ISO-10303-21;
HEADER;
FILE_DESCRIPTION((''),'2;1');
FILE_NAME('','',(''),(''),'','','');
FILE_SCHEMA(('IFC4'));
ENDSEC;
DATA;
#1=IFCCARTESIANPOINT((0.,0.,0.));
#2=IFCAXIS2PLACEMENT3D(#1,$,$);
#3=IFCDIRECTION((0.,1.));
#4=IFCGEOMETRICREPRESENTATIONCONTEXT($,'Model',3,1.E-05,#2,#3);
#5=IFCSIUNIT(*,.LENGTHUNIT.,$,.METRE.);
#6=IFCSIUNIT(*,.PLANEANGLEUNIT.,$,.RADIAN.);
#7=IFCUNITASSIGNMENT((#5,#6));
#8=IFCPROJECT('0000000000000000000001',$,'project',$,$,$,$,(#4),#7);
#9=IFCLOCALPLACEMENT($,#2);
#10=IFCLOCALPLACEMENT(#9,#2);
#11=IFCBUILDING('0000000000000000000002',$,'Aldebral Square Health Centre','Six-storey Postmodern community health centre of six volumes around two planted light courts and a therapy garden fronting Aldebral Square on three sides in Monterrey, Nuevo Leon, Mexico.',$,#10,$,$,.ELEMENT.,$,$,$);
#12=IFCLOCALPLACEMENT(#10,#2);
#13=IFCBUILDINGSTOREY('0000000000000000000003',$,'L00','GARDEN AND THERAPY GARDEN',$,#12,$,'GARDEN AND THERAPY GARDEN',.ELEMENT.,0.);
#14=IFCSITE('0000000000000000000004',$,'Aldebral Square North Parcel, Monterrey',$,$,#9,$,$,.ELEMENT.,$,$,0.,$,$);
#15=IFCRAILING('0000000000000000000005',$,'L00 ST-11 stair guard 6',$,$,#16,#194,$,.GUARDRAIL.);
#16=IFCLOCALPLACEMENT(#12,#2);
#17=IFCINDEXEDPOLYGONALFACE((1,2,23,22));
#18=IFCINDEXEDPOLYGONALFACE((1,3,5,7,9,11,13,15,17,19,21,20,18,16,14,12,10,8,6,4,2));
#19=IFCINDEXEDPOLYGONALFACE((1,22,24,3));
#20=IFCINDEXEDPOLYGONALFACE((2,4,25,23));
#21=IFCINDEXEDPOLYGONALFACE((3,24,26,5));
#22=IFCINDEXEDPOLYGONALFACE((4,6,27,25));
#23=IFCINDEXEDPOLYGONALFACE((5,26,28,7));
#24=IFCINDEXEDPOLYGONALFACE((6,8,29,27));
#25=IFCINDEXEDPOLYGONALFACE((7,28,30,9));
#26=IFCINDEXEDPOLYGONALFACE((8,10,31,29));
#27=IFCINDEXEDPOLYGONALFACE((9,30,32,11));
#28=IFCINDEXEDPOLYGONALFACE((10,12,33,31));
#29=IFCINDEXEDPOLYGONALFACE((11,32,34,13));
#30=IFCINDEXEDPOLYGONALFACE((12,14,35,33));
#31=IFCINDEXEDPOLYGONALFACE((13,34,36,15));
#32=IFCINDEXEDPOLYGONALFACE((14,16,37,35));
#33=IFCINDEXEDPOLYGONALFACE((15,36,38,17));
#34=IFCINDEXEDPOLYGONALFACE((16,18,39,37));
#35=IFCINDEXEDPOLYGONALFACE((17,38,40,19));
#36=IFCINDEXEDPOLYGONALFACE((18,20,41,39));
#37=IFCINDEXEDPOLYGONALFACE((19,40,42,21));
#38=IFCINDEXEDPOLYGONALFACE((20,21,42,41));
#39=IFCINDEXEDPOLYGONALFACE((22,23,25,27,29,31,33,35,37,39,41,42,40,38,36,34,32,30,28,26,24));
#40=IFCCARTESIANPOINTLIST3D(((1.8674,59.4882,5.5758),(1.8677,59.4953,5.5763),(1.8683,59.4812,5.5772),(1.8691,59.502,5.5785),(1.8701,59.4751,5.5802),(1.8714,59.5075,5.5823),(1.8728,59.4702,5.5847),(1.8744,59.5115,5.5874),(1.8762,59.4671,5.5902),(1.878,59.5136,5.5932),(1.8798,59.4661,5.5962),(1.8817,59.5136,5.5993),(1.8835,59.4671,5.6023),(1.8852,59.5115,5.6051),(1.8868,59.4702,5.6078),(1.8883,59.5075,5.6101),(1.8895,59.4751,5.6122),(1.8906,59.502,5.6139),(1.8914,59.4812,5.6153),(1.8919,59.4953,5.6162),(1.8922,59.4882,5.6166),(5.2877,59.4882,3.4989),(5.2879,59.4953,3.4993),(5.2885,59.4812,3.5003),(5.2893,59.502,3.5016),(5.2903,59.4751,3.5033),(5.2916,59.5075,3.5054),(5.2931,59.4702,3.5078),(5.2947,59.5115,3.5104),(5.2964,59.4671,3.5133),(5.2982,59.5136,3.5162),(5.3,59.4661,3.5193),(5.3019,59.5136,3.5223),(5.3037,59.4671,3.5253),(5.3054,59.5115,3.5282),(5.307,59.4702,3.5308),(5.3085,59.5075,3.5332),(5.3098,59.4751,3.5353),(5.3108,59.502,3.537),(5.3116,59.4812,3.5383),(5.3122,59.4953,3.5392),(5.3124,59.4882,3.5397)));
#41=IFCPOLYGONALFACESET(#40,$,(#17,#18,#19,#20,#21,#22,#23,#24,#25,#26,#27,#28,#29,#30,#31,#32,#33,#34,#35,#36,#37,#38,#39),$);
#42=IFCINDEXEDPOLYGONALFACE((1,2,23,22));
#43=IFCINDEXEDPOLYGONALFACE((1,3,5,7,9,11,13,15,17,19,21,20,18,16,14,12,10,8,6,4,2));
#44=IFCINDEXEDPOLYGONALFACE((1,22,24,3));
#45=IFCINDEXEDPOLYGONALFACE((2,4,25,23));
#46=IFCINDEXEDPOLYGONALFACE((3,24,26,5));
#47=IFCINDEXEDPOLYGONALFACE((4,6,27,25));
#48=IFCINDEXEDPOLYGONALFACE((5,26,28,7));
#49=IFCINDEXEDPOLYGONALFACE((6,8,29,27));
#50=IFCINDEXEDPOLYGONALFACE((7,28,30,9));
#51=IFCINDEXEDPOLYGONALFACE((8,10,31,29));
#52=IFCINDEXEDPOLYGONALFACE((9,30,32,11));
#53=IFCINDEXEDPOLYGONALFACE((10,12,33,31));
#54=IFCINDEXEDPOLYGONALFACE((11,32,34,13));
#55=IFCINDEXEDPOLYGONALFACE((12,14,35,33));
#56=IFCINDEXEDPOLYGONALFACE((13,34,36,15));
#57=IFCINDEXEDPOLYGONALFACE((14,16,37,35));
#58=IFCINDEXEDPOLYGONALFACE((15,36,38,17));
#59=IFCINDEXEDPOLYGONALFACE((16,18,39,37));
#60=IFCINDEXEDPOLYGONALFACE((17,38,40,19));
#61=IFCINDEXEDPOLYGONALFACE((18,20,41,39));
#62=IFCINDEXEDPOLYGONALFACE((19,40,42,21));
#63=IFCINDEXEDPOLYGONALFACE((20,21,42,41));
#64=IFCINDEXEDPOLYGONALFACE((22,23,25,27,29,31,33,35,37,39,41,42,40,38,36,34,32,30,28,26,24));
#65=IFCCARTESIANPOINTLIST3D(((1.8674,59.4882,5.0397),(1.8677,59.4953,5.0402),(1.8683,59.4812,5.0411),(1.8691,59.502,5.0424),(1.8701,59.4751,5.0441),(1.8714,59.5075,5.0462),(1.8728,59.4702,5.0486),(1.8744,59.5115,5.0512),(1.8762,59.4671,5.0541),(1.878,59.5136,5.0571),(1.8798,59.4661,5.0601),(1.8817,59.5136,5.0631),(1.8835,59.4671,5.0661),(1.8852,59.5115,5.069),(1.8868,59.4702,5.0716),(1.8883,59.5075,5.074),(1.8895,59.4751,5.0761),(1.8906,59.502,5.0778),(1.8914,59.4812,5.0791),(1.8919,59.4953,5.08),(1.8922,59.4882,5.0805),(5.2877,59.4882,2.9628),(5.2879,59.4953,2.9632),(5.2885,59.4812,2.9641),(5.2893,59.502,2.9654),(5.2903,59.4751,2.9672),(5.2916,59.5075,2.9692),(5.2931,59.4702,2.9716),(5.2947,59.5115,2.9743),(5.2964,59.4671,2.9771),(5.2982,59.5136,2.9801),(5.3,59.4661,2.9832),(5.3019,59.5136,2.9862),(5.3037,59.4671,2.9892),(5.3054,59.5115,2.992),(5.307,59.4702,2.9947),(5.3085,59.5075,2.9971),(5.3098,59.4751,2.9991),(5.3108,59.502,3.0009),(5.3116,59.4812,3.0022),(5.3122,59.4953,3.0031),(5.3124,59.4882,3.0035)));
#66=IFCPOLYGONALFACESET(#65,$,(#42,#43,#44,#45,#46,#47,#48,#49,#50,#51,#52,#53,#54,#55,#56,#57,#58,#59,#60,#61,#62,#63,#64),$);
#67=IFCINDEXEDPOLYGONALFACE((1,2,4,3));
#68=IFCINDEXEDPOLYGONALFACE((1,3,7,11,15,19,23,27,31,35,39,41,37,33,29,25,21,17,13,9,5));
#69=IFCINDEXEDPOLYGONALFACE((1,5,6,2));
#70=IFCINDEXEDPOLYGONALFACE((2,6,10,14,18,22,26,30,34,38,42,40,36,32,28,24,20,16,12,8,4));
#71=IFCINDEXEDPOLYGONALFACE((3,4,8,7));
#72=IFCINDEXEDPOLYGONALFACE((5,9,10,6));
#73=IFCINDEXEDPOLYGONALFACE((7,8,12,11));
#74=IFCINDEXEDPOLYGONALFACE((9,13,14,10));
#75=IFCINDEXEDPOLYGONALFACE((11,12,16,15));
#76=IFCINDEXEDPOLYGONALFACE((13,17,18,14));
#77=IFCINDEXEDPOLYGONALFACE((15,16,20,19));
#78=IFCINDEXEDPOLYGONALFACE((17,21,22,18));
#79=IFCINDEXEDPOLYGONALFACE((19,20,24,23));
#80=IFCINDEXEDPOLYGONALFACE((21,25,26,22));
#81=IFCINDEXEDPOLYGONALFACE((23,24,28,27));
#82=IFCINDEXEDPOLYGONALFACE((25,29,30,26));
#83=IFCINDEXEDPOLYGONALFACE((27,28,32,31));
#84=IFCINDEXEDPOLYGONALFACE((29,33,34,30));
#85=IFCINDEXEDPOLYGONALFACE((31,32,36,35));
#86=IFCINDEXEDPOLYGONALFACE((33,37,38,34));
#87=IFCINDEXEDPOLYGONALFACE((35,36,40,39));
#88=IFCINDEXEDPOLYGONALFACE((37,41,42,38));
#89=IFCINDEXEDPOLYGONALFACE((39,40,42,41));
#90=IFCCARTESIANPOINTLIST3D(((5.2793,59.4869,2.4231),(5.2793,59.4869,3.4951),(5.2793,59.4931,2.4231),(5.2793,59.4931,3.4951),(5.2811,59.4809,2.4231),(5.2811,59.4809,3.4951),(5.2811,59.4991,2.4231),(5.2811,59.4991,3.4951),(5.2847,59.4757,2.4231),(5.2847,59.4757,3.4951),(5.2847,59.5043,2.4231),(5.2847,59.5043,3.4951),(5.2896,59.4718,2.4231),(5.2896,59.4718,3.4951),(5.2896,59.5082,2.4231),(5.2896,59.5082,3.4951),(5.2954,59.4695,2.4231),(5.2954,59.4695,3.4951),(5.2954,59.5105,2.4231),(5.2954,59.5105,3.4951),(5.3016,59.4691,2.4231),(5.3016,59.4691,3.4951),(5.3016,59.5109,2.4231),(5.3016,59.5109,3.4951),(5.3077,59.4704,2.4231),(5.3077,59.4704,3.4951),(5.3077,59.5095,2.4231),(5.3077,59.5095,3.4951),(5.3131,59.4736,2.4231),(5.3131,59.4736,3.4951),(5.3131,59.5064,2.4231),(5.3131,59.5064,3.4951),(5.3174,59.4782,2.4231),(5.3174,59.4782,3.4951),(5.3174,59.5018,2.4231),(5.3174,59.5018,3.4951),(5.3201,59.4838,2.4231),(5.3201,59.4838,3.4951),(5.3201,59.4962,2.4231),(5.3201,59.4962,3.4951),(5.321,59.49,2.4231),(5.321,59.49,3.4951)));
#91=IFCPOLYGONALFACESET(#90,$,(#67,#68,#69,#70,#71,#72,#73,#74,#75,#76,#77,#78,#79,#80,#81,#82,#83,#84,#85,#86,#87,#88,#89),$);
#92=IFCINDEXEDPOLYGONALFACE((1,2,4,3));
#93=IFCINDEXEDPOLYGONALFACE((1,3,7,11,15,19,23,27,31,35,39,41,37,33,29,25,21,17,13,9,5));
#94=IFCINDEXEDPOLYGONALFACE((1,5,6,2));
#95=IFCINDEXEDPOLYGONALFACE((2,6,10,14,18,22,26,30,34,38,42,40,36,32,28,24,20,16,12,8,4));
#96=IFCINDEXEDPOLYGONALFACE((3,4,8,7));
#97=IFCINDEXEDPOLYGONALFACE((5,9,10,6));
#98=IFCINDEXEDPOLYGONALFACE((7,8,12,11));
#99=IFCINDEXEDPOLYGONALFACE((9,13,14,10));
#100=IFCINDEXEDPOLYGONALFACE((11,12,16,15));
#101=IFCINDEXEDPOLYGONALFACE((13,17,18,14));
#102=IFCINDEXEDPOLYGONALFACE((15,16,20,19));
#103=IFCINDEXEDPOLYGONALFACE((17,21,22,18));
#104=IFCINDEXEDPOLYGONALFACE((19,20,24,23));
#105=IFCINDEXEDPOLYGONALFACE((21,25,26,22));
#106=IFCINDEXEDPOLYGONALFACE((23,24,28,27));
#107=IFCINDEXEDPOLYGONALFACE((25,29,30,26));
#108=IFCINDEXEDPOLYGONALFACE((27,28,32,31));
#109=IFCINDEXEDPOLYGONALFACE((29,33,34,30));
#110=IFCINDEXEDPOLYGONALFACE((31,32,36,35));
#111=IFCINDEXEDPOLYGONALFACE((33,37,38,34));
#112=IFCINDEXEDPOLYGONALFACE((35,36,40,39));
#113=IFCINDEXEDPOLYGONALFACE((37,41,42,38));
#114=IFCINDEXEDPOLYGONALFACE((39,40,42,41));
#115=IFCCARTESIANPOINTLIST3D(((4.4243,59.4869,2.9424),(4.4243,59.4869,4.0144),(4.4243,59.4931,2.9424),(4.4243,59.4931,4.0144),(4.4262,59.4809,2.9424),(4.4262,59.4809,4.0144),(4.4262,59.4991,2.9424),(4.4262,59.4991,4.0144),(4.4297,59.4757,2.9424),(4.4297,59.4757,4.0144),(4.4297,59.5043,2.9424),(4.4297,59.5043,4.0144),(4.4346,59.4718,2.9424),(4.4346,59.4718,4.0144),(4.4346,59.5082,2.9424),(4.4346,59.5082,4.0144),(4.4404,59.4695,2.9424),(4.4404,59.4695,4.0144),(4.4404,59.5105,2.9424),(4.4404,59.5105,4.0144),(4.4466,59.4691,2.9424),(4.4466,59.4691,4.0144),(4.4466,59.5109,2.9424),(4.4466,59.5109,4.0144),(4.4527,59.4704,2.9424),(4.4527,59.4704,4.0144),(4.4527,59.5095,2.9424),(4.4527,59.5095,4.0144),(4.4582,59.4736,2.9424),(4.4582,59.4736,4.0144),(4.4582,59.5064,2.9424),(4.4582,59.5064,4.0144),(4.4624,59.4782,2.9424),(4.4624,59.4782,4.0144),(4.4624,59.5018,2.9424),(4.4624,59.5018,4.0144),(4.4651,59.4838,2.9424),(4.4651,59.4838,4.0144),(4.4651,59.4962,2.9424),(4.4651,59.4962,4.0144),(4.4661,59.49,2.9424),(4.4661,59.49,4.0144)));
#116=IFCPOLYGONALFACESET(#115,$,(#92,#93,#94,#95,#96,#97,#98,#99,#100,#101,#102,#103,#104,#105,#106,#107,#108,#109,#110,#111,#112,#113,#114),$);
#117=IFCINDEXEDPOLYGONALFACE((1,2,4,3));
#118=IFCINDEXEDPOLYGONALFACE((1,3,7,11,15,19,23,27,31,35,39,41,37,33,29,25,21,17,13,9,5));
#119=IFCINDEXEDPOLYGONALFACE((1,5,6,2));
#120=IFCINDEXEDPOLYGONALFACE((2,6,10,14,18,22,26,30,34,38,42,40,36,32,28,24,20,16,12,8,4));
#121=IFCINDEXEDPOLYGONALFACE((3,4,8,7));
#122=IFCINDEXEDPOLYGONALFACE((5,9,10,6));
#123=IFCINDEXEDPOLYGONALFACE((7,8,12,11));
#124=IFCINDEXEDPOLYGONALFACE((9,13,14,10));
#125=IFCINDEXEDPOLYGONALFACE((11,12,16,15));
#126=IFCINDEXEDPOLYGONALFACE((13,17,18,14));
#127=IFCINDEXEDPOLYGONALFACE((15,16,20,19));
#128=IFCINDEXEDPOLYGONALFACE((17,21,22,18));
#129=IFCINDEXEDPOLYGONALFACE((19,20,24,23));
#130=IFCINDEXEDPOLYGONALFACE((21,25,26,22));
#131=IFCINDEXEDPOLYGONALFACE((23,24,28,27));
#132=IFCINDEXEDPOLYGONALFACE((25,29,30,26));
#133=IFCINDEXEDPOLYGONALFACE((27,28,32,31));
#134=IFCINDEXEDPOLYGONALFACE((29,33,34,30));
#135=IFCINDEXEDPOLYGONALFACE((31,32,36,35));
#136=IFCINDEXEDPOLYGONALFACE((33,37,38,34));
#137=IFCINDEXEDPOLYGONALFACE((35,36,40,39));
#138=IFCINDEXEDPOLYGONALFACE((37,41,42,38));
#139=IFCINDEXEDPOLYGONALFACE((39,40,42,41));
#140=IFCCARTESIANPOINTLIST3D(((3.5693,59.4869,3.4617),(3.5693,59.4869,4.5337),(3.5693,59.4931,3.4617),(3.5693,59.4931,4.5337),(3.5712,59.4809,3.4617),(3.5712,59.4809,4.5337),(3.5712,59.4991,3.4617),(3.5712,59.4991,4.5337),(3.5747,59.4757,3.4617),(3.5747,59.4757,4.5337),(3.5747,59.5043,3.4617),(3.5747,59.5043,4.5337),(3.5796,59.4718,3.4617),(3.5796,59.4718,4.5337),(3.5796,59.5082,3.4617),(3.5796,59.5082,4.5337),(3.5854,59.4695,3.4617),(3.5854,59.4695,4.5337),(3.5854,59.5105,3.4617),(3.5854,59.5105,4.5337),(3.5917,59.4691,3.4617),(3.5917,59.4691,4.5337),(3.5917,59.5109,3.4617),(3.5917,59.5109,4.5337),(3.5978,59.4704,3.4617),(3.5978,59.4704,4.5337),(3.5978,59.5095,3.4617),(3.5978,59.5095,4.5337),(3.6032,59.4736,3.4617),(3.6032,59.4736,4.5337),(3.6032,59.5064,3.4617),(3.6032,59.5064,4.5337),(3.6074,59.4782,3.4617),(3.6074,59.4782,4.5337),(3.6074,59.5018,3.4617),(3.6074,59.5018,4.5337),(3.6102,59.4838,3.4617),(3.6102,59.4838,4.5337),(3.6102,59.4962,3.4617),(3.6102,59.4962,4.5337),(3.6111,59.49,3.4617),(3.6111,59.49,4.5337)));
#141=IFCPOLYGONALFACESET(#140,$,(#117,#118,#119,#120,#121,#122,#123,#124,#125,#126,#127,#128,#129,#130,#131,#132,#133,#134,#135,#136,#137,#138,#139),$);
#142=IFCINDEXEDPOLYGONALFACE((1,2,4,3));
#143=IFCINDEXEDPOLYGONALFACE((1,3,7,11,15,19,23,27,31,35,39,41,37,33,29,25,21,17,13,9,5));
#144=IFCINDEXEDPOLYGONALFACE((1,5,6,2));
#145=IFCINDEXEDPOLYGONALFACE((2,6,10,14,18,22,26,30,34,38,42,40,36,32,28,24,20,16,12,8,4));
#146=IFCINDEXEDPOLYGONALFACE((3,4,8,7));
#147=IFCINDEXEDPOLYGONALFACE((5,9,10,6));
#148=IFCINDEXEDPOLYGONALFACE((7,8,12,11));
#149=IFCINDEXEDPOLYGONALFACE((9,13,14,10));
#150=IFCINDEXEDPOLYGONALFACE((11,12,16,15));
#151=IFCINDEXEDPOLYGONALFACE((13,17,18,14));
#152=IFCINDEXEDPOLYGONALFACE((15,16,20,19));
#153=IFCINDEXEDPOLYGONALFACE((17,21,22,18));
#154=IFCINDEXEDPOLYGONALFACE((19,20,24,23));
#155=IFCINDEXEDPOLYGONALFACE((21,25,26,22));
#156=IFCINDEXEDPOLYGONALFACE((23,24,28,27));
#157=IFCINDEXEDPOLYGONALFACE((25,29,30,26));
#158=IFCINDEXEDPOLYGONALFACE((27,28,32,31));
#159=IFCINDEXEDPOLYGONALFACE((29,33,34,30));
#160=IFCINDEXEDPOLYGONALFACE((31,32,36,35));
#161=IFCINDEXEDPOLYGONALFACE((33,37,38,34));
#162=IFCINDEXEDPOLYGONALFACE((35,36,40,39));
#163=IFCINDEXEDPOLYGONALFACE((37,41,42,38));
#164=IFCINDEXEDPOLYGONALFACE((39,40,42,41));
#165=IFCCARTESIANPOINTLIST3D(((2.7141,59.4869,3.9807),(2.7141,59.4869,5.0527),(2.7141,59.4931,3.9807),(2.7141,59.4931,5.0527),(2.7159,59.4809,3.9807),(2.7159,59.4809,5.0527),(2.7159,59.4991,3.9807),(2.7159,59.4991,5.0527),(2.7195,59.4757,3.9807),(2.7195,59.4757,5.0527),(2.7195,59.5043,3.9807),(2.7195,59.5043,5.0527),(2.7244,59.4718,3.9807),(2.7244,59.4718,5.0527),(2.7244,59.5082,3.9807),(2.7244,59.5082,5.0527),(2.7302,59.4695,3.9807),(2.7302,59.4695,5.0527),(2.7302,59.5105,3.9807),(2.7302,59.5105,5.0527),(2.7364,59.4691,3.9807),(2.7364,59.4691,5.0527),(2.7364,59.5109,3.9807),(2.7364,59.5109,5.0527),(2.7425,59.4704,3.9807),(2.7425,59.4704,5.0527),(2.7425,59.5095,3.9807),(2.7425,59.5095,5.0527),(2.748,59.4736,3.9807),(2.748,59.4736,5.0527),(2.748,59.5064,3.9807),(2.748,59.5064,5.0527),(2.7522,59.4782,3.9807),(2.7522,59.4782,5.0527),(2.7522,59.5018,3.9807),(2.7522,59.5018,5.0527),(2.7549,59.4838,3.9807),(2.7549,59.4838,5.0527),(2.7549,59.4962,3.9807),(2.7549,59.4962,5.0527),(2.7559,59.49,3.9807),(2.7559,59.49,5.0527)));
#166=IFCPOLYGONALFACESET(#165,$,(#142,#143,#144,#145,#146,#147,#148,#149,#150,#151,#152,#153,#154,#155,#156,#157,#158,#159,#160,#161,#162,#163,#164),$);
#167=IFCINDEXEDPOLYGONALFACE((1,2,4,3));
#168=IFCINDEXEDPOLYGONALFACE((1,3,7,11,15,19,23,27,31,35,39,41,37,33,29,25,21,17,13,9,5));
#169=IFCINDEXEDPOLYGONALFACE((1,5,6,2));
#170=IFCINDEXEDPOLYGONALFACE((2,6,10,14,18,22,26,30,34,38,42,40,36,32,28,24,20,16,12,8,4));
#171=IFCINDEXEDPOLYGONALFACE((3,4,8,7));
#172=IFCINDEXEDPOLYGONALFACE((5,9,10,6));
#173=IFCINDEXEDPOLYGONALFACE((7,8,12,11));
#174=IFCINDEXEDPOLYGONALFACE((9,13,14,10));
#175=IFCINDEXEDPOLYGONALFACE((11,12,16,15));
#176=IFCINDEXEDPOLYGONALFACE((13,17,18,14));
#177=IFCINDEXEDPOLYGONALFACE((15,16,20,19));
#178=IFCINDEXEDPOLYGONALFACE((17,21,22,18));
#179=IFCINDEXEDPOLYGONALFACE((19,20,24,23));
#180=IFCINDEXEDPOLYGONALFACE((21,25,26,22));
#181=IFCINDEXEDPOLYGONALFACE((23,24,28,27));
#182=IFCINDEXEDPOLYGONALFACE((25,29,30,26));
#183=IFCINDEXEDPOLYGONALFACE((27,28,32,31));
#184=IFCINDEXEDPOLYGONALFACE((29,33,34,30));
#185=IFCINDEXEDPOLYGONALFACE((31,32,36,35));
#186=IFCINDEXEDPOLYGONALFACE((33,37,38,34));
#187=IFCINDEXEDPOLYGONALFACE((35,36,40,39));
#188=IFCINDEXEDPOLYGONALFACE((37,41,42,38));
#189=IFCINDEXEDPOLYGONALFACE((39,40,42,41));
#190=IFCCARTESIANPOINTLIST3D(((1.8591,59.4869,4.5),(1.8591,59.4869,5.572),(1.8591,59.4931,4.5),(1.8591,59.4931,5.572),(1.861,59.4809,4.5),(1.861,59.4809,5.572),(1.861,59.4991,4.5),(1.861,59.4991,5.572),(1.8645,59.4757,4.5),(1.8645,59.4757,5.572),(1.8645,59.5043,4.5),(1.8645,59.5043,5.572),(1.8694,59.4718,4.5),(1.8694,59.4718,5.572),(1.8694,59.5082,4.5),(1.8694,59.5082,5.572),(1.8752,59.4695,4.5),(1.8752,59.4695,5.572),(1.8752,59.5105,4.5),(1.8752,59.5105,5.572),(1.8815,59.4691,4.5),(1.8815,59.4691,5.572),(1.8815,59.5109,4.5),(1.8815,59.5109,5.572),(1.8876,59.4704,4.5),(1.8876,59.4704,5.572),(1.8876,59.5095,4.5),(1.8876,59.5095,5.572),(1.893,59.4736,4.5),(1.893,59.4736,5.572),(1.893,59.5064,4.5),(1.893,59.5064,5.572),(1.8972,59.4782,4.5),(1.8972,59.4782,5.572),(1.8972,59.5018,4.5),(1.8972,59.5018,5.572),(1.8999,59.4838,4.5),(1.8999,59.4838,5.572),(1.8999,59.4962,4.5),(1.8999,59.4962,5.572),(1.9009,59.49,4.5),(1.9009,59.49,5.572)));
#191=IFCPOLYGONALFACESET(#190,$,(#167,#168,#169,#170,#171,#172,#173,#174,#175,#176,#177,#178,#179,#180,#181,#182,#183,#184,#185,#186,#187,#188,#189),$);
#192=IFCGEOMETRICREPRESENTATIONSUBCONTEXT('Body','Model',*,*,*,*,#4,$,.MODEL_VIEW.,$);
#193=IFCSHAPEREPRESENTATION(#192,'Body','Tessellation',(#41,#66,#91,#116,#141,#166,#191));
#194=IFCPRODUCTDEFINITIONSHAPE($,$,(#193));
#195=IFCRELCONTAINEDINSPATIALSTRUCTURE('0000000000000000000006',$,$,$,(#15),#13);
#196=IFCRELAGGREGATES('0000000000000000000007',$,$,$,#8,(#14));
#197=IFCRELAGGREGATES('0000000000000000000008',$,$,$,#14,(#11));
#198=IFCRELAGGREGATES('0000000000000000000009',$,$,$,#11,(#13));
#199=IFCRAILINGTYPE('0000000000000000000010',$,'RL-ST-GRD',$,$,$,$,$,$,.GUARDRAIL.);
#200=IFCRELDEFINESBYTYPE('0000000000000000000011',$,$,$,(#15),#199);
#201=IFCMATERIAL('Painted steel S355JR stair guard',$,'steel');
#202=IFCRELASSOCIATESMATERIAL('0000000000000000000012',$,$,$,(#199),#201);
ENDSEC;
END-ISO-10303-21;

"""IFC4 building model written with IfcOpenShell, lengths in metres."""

from ifc_helpers import new_model, si_unit, direction, frame, origin, origin_2d, place, context, subcontext, project, spatial, circle, extrude, material, type_object, element, save


model = new_model("IFC4")

# Units and contexts
model_context = context("Model", 3, precision=1e-05, world=origin(), true_north=direction((0.0, 1.0)))
body_context = subcontext(model_context, "Body", "Model", "MODEL_VIEW")
ifc_project = project(units=[si_unit("LENGTHUNIT", "METRE"), si_unit("PLANEANGLEUNIT", "RADIAN")], contexts=[model_context])

# Site, building, storey
site_placement = place(None, origin())
site = spatial("IfcSite", under=ifc_project, at=site_placement, Name="Aldebral Square North Parcel, Monterrey", CompositionType="ELEMENT", RefElevation=0.0)
building_placement = place(site_placement, origin())
building = spatial("IfcBuilding", under=site, at=building_placement, Name="Aldebral Square Health Centre", Description="Six-storey Postmodern community health centre of six volumes around two planted light courts and a therapy garden fronting Aldebral Square on three sides in Monterrey, Nuevo Leon, Mexico.", CompositionType="ELEMENT")
storey_placement = place(building_placement, origin())
storey = spatial("IfcBuildingStorey", under=building, at=storey_placement, Name="L00", Description="GARDEN AND THERAPY GARDEN", LongName="GARDEN AND THERAPY GARDEN", CompositionType="ELEMENT", Elevation=0.0)

# Railing
ifc_material_1 = material(Name="Painted steel S355JR stair guard", Category="steel")
railing_type_1 = type_object("IfcRailingType", Name="RL-ST-GRD", PredefinedType="GUARDRAIL", material=ifc_material_1)
railing_1_placement = place(storey_placement, frame((5.3, 59.49, 2.4231)))
element("IfcRailing", 1, at=railing_1_placement, inside=storey, type_object=railing_type_1, Name="L00 ST-11 stair guard 6", PredefinedType="GUARDRAIL", context=body_context, shape_type="SweptSolid", body=[
    extrude(circle(Radius=0.0239, at=origin_2d()), frame((0.0, 0.0, 1.0962), z_axis=(-0.854746, 0.0, 0.519047), x_axis=(0.0, -1.0, 0.0)), (0.0, 0.0, 1.0), 4.0015),
    extrude(circle(Radius=0.0239, at=origin_2d()), frame((0.0, 0.0, 0.5601), z_axis=(-0.854746, 0.0, 0.519047), x_axis=(0.0, -1.0, 0.0)), (0.0, 0.0, 1.0), 4.0015),
    extrude(circle(Radius=0.021, at=origin_2d()), origin(), (0.0, 0.0, 1.0), 1.072),
    extrude(circle(Radius=0.021, at=origin_2d()), frame((-0.855, 0.0, 0.5193)), (0.0, 0.0, 1.0), 1.072),
    extrude(circle(Radius=0.021, at=origin_2d()), frame((-1.71, 0.0, 1.0386)), (0.0, 0.0, 1.0), 1.072),
    extrude(circle(Radius=0.021, at=origin_2d()), frame((-2.5652, 0.0, 1.5576)), (0.0, 0.0, 1.0), 1.072),
    extrude(circle(Radius=0.021, at=origin_2d()), frame((-3.4202, 0.0, 2.0769)), (0.0, 0.0, 1.0), 1.072),
])

save(model, "model.ifc")
